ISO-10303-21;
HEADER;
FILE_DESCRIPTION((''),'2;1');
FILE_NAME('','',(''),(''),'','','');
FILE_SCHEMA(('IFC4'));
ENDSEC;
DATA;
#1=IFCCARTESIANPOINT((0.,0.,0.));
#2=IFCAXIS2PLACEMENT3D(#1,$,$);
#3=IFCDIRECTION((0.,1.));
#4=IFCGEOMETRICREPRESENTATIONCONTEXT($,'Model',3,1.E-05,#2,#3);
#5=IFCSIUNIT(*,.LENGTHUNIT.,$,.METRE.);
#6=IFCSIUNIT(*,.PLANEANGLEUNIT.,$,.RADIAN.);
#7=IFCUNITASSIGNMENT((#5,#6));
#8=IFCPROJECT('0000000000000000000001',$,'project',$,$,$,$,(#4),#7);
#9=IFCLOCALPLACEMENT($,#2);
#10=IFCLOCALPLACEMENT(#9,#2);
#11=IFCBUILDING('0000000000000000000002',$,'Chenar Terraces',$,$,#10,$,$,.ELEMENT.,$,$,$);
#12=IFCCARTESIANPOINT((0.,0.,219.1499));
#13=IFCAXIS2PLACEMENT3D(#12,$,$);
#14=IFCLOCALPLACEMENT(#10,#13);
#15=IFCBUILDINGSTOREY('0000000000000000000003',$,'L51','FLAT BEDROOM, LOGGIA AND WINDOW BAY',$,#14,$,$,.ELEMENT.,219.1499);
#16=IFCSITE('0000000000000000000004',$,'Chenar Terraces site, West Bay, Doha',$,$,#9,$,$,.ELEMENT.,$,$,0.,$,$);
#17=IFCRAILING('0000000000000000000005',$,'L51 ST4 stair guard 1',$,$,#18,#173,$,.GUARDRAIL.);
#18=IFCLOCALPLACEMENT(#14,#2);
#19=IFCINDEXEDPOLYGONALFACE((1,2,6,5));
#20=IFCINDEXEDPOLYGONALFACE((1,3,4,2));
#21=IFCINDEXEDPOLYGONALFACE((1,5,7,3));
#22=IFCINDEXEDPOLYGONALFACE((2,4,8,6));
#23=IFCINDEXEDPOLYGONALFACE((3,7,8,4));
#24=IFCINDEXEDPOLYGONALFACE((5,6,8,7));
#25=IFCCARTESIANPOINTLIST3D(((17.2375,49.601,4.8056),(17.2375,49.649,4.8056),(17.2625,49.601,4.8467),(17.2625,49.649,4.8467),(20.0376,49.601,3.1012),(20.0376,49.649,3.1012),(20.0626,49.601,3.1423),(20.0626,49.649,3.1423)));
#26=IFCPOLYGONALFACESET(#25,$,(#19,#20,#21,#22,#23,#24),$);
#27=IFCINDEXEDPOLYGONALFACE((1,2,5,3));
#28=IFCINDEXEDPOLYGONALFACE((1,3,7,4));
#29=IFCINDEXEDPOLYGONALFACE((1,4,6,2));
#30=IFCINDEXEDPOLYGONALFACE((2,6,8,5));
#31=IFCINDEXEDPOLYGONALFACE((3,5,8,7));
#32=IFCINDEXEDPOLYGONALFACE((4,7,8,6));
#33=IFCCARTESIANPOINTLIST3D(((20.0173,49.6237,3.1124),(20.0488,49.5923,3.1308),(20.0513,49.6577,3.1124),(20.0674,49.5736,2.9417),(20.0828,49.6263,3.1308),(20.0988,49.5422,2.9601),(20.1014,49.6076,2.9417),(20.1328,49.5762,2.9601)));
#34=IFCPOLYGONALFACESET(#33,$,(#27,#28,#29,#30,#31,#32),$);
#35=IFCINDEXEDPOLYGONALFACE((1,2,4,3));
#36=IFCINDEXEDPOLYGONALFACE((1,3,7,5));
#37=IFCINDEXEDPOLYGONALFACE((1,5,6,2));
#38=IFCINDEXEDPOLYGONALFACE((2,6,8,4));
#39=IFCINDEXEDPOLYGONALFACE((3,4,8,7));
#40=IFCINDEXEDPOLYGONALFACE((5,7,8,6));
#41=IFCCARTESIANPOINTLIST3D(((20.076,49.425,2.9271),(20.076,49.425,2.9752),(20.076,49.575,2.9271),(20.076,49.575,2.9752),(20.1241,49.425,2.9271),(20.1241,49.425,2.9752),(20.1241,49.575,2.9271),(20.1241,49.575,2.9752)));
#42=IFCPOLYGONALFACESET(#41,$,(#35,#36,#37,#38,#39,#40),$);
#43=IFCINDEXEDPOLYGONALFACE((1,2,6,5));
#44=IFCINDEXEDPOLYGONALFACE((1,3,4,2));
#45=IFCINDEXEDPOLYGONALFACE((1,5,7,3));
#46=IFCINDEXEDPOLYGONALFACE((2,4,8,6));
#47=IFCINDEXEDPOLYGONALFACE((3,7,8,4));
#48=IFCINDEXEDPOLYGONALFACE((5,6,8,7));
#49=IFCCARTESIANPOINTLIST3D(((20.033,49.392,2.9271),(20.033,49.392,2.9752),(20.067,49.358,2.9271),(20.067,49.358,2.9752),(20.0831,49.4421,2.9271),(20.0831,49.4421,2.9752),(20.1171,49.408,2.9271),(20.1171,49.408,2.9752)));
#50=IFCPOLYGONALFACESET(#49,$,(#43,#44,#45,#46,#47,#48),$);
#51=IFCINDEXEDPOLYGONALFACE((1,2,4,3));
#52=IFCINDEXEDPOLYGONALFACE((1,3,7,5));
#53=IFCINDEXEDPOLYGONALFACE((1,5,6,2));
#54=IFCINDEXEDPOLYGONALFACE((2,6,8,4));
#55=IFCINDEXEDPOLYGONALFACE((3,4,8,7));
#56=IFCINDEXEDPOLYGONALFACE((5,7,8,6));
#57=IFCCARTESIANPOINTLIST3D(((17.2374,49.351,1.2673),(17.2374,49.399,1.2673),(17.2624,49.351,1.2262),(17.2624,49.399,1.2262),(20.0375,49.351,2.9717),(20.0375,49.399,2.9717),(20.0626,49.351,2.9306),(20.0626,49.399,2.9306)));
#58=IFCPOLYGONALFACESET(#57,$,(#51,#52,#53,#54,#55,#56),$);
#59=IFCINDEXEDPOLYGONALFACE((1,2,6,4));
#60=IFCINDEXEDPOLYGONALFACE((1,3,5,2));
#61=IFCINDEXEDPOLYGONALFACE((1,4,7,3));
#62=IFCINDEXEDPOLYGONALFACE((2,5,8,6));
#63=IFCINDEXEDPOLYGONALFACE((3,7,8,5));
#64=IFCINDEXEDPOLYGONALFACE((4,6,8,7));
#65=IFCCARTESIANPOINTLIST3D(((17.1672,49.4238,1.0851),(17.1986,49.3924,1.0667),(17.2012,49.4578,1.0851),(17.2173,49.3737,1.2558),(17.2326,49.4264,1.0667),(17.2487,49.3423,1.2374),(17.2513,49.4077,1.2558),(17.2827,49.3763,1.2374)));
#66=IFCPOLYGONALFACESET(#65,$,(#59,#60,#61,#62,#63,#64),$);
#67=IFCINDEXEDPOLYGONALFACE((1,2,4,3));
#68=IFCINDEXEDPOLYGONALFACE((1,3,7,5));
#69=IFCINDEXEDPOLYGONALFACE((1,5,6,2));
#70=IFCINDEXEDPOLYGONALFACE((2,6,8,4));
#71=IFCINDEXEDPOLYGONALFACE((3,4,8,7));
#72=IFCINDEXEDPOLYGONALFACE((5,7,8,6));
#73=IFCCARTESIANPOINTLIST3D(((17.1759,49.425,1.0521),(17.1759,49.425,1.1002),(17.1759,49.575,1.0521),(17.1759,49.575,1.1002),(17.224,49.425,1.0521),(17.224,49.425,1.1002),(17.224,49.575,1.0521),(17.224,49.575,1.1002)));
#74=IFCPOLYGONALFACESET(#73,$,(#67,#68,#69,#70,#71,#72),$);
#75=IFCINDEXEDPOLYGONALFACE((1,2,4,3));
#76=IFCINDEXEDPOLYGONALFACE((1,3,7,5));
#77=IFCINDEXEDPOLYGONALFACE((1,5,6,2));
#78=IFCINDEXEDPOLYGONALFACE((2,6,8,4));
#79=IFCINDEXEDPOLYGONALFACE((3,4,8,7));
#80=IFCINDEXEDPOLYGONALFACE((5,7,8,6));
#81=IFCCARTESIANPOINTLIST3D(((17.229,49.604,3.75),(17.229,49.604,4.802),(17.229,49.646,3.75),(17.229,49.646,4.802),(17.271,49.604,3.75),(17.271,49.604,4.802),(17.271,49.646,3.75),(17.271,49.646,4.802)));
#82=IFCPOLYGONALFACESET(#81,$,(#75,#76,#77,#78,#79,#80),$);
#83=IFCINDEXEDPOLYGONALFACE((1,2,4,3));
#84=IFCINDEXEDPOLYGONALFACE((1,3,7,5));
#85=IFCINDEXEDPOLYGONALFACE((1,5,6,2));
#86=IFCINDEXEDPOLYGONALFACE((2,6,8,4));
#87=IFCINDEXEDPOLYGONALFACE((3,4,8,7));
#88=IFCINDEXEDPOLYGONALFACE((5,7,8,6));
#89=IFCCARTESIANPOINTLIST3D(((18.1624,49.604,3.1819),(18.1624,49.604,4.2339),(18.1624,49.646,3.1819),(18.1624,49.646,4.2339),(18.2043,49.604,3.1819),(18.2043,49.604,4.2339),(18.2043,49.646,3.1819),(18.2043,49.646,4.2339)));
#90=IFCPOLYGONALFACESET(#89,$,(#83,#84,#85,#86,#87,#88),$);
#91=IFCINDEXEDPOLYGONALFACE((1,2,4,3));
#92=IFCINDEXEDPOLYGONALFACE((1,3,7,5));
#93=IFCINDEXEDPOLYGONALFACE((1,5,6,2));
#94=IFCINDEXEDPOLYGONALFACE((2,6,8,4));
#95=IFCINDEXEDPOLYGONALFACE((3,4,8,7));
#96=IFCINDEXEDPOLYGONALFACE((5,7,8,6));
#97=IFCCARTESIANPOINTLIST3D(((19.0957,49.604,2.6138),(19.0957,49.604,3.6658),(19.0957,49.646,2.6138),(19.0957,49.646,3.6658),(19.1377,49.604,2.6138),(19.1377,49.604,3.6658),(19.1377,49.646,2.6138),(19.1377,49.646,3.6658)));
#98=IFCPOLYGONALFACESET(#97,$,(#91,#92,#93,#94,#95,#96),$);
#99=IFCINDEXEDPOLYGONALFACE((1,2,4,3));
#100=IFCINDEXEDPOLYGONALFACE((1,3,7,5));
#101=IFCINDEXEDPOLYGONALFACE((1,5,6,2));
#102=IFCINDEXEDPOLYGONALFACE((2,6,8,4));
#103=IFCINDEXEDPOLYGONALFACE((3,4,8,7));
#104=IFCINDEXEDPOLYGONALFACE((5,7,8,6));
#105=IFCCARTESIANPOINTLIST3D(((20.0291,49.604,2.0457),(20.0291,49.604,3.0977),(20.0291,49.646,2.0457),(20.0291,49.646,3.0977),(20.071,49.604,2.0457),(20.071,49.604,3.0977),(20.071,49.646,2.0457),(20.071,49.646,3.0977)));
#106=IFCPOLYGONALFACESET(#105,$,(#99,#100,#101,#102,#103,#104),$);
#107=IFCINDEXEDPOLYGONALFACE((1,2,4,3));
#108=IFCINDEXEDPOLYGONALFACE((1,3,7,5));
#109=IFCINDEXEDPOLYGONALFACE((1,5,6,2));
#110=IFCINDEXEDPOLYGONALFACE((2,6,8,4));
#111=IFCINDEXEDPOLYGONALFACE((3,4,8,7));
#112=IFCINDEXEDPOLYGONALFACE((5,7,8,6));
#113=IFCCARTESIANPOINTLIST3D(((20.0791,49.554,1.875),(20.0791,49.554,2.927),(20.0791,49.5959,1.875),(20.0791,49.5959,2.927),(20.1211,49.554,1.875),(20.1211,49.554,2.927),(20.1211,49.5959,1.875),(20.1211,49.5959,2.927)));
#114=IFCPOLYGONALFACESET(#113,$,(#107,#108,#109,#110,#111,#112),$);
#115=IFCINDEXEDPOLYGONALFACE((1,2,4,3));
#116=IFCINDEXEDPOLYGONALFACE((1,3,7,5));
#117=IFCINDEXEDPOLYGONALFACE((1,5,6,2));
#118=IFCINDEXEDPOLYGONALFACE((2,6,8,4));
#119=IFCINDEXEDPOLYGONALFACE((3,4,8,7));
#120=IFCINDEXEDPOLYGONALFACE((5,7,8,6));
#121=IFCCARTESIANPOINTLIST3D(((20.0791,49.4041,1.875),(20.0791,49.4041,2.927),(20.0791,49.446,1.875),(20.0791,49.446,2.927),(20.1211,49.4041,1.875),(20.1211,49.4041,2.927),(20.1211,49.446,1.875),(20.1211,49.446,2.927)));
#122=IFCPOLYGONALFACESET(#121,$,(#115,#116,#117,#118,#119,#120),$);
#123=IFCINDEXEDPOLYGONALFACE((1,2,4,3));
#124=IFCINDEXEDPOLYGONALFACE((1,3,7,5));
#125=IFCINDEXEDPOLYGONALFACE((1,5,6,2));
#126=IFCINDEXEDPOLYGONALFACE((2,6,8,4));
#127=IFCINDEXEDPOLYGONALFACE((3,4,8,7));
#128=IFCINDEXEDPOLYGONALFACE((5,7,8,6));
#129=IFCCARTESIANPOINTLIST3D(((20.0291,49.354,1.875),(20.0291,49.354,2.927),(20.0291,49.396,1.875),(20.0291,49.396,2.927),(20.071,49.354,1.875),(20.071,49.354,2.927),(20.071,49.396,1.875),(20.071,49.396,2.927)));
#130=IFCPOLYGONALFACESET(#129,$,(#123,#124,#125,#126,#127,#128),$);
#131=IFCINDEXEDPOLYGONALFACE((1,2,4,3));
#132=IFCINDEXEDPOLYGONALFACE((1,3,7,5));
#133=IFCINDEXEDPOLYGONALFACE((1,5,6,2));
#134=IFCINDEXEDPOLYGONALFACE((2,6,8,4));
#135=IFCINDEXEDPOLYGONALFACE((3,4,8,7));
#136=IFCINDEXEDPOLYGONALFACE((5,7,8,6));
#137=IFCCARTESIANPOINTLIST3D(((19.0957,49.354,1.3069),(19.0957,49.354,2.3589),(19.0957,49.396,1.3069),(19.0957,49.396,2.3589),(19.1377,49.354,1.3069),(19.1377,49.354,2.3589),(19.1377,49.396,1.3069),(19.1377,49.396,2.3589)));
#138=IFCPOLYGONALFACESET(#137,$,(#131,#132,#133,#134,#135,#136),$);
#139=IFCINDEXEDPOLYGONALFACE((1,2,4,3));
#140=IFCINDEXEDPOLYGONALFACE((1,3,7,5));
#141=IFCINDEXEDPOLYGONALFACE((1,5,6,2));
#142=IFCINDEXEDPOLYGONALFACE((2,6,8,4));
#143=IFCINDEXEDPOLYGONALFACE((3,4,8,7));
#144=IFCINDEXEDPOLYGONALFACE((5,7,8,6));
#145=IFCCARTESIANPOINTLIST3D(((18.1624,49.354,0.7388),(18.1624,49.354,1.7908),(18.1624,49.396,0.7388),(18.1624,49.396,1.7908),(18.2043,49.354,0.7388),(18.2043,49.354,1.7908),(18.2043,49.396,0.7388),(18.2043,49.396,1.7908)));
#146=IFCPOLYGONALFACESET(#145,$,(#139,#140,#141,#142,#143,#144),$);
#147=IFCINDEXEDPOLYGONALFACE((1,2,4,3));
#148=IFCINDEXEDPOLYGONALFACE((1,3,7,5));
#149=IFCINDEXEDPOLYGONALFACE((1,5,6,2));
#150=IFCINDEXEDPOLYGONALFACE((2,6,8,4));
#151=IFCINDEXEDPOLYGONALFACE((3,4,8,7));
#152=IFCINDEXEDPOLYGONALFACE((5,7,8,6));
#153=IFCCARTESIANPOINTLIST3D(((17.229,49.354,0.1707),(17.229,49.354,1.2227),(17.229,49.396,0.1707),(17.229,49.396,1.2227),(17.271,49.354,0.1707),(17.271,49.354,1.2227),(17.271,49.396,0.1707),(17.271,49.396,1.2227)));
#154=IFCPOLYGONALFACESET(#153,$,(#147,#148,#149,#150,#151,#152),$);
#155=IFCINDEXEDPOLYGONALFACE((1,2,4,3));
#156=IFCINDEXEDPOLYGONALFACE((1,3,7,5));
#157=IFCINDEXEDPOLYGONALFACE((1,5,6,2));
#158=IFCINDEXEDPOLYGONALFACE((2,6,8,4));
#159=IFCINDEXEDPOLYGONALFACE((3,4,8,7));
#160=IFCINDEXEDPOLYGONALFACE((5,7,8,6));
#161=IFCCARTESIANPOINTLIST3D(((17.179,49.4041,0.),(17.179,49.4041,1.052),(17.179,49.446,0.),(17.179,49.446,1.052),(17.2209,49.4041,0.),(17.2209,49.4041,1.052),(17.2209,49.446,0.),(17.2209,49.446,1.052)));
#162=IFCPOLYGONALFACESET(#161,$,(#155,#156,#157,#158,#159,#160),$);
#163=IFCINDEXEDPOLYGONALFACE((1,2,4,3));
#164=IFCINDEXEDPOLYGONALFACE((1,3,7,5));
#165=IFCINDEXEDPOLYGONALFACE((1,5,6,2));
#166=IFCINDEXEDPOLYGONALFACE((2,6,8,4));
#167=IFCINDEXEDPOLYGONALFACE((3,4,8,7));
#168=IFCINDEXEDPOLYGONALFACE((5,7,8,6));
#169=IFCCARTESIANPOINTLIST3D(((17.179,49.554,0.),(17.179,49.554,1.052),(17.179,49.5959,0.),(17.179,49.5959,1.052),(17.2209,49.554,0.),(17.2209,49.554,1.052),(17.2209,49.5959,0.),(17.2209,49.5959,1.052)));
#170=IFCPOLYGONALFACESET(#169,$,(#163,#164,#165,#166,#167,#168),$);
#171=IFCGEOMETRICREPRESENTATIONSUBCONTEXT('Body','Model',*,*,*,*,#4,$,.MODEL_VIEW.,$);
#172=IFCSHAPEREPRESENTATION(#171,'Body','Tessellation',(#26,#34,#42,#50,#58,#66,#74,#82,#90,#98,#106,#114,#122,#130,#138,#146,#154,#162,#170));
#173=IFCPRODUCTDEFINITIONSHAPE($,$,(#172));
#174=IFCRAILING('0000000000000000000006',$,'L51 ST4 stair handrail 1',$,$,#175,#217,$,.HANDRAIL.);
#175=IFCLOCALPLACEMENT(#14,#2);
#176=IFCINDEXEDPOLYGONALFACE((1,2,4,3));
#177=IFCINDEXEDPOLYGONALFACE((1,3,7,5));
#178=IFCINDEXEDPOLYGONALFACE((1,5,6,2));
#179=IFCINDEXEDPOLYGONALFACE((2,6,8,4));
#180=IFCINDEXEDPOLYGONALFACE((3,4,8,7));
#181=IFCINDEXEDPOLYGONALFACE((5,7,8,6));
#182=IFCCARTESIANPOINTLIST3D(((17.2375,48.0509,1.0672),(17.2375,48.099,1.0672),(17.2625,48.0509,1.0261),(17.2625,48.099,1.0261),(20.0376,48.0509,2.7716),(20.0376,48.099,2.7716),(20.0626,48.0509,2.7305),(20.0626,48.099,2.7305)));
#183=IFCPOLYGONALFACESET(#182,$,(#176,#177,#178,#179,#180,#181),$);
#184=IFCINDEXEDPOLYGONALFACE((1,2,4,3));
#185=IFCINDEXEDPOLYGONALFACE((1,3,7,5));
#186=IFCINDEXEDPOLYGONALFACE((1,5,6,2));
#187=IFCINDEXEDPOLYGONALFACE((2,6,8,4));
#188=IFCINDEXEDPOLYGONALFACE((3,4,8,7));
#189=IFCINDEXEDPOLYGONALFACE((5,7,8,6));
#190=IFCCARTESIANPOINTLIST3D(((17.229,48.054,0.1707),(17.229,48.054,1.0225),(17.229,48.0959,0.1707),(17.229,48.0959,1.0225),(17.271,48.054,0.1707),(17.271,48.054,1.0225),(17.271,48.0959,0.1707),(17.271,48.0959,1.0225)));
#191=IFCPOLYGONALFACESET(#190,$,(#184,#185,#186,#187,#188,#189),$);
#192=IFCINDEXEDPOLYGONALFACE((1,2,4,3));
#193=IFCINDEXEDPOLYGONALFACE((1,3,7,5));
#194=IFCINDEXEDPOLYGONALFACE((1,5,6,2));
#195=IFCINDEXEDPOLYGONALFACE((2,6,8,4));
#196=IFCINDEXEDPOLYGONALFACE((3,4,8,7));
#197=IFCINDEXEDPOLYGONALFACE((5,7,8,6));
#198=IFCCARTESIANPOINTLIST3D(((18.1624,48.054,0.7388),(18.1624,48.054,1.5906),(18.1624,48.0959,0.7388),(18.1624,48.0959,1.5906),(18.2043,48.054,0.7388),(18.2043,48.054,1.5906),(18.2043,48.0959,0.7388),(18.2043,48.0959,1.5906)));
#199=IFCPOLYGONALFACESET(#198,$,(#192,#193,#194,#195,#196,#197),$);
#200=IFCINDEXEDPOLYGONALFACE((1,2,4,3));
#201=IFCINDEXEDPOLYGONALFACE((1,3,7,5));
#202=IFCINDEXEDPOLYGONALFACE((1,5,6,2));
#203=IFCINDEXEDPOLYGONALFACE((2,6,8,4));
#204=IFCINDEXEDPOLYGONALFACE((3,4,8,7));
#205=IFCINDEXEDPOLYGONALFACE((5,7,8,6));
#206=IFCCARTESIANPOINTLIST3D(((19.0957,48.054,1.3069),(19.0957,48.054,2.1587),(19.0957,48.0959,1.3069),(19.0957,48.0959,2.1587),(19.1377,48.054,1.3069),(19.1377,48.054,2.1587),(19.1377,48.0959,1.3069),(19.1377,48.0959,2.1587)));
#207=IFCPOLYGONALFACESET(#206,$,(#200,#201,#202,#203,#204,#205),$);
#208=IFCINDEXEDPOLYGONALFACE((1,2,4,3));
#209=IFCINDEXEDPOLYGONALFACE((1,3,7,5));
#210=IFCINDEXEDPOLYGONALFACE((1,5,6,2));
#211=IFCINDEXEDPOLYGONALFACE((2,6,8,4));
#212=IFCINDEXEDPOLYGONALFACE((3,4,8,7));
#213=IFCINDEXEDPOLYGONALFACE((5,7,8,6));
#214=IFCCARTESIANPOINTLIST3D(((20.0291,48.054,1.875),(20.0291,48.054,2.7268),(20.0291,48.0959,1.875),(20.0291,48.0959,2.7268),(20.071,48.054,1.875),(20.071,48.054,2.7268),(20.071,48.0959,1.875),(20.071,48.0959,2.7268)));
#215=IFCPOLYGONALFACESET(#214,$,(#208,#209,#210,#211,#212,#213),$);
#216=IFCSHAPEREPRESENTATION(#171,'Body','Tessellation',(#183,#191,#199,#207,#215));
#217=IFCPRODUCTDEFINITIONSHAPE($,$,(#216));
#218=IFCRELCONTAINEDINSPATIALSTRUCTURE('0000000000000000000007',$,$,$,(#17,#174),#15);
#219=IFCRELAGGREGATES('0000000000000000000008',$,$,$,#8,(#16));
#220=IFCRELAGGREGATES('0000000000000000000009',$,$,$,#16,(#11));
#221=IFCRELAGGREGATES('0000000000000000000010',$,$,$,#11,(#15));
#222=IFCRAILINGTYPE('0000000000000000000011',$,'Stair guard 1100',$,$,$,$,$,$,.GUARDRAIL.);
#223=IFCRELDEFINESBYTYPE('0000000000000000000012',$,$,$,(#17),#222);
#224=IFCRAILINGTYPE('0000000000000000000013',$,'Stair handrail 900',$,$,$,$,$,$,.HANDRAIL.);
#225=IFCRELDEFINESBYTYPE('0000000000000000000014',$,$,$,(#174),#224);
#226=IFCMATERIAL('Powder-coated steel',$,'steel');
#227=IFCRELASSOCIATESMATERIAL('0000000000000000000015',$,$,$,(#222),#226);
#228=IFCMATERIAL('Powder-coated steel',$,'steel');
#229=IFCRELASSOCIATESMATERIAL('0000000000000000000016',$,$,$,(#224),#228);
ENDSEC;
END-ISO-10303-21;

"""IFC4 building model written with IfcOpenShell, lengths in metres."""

from ifc_helpers import new_model, si_unit, direction, frame, origin, origin_2d, place, context, subcontext, project, spatial, rectangle, extrude, material, type_object, element, save


model = new_model("IFC4")

# Units and contexts
model_context = context("Model", 3, precision=1e-05, world=origin(), true_north=direction((0.0, 1.0)))
body_context = subcontext(model_context, "Body", "Model", "MODEL_VIEW")
ifc_project = project(units=[si_unit("LENGTHUNIT", "METRE"), si_unit("PLANEANGLEUNIT", "RADIAN")], contexts=[model_context])

# Site, building, storey
site_placement = place(None, origin())
site = spatial("IfcSite", under=ifc_project, at=site_placement, Name="Chenar Terraces site, West Bay, Doha", CompositionType="ELEMENT", RefElevation=0.0)
building_placement = place(site_placement, origin())
building = spatial("IfcBuilding", under=site, at=building_placement, Name="Chenar Terraces", CompositionType="ELEMENT")
storey_placement = place(building_placement, frame((0.0, 0.0, 219.1499)))
storey = spatial("IfcBuildingStorey", under=building, at=storey_placement, Name="L51", Description="FLAT BEDROOM, LOGGIA AND WINDOW BAY", CompositionType="ELEMENT", Elevation=219.1499)

# Railings
ifc_material_1 = material(Name="Powder-coated steel", Category="steel")
railing_type_1 = type_object("IfcRailingType", Name="Stair guard 1100", PredefinedType="GUARDRAIL", material=ifc_material_1)
railing_1_placement = place(storey_placement, frame((17.25, 49.625, 3.75)))
element("IfcRailing", 1, at=railing_1_placement, inside=storey, type_object=railing_type_1, Name="L51 ST4 stair guard 1", PredefinedType="GUARDRAIL", context=body_context, shape_type="SweptSolid", body=[
    extrude(rectangle(XDim=0.0481, YDim=0.0481, at=origin_2d()), frame((0.0, 0.0, 1.0762), z_axis=(0.854203, 0.0, -0.51994), x_axis=(0.0, 1.0, 0.0)), (0.0, 0.0, 1.0), 3.2781),
    extrude(rectangle(XDim=0.0481, YDim=0.0481, at=origin_2d()), frame((2.8, 0.0, -0.6284), z_axis=(0.2709, -0.2709, -0.923703), x_axis=(0.707107, 0.707107, 0.0)), (0.0, 0.0, 1.0), 0.1848),
    extrude(rectangle(XDim=0.0481, YDim=0.0481, at=origin_2d()), frame((2.8501, -0.05, -0.7988), z_axis=(0.0, -1.0, 0.0), x_axis=(1.0, 0.0, 0.0)), (0.0, 0.0, 1.0), 0.1499),
    extrude(rectangle(XDim=0.0481, YDim=0.0481, at=origin_2d()), frame((2.8501, -0.2, -0.7988), z_axis=(-0.707107, -0.707107, 0.0), x_axis=(0.707107, -0.707107, 0.0)), (0.0, 0.0, 1.0), 0.0708),
    extrude(rectangle(XDim=0.0481, YDim=0.0481, at=origin_2d()), frame((2.8, -0.25, -0.7988), z_axis=(-0.854203, 0.0, -0.51994), x_axis=(0.0, -1.0, 0.0)), (0.0, 0.0, 1.0), 3.2781),
    extrude(rectangle(XDim=0.0481, YDim=0.0481, at=origin_2d()), frame((0.0, -0.25, -2.5034), z_axis=(-0.2709, 0.2709, -0.923703), x_axis=(-0.707107, -0.707107, 0.0)), (0.0, 0.0, 1.0), 0.1848),
    extrude(rectangle(XDim=0.0481, YDim=0.0481, at=origin_2d()), frame((-0.05, -0.2, -2.6738), z_axis=(0.0, 1.0, 0.0), x_axis=(-1.0, 0.0, 0.0)), (0.0, 0.0, 1.0), 0.1499),
    extrude(rectangle(XDim=0.042, YDim=0.042, at=origin_2d()), origin(), (0.0, 0.0, 1.0), 1.052),
    extrude(rectangle(XDim=0.042, YDim=0.042, at=origin_2d()), frame((0.9333, 0.0, -0.5681)), (0.0, 0.0, 1.0), 1.052),
    extrude(rectangle(XDim=0.042, YDim=0.042, at=origin_2d()), frame((1.8667, 0.0, -1.1362)), (0.0, 0.0, 1.0), 1.052),
    extrude(rectangle(XDim=0.042, YDim=0.042, at=origin_2d()), frame((2.8, 0.0, -1.7043)), (0.0, 0.0, 1.0), 1.052),
    extrude(rectangle(XDim=0.042, YDim=0.042, at=origin_2d()), frame((2.8501, -0.05, -1.875)), (0.0, 0.0, 1.0), 1.052),
    extrude(rectangle(XDim=0.042, YDim=0.042, at=origin_2d()), frame((2.8501, -0.2, -1.875)), (0.0, 0.0, 1.0), 1.052),
    extrude(rectangle(XDim=0.042, YDim=0.042, at=origin_2d()), frame((2.8, -0.25, -1.875)), (0.0, 0.0, 1.0), 1.052),
    extrude(rectangle(XDim=0.042, YDim=0.042, at=origin_2d()), frame((1.8667, -0.25, -2.4431)), (0.0, 0.0, 1.0), 1.052),
    extrude(rectangle(XDim=0.042, YDim=0.042, at=origin_2d()), frame((0.9333, -0.25, -3.0112)), (0.0, 0.0, 1.0), 1.052),
    extrude(rectangle(XDim=0.042, YDim=0.042, at=origin_2d()), frame((0.0, -0.25, -3.5793)), (0.0, 0.0, 1.0), 1.052),
    extrude(rectangle(XDim=0.042, YDim=0.042, at=origin_2d()), frame((-0.05, -0.2, -3.75)), (0.0, 0.0, 1.0), 1.052),
    extrude(rectangle(XDim=0.042, YDim=0.042, at=origin_2d()), frame((-0.05, -0.05, -3.75)), (0.0, 0.0, 1.0), 1.052),
])
ifc_material_2 = material(Name="Powder-coated steel", Category="steel")
railing_type_2 = type_object("IfcRailingType", Name="Stair handrail 900", PredefinedType="HANDRAIL", material=ifc_material_2)
railing_2_placement = place(storey_placement, frame((17.25, 48.075, 0.1707)))
element("IfcRailing", 2, at=railing_2_placement, inside=storey, type_object=railing_type_2, Name="L51 ST4 stair handrail 1", PredefinedType="HANDRAIL", context=body_context, shape_type="SweptSolid", body=[
    extrude(rectangle(XDim=0.0481, YDim=0.0481, at=origin_2d()), frame((0.0, 0.0, 0.876), z_axis=(0.854203, 0.0, 0.51994), x_axis=(0.0, 1.0, 0.0)), (0.0, 0.0, 1.0), 3.2781),
    extrude(rectangle(XDim=0.042, YDim=0.042, at=origin_2d()), origin(), (0.0, 0.0, 1.0), 0.8518),
    extrude(rectangle(XDim=0.042, YDim=0.042, at=origin_2d()), frame((0.9333, 0.0, 0.5681)), (0.0, 0.0, 1.0), 0.8518),
    extrude(rectangle(XDim=0.042, YDim=0.042, at=origin_2d()), frame((1.8667, 0.0, 1.1362)), (0.0, 0.0, 1.0), 0.8518),
    extrude(rectangle(XDim=0.042, YDim=0.042, at=origin_2d()), frame((2.8, 0.0, 1.7043)), (0.0, 0.0, 1.0), 0.8518),
])

save(model, "model.ifc")
